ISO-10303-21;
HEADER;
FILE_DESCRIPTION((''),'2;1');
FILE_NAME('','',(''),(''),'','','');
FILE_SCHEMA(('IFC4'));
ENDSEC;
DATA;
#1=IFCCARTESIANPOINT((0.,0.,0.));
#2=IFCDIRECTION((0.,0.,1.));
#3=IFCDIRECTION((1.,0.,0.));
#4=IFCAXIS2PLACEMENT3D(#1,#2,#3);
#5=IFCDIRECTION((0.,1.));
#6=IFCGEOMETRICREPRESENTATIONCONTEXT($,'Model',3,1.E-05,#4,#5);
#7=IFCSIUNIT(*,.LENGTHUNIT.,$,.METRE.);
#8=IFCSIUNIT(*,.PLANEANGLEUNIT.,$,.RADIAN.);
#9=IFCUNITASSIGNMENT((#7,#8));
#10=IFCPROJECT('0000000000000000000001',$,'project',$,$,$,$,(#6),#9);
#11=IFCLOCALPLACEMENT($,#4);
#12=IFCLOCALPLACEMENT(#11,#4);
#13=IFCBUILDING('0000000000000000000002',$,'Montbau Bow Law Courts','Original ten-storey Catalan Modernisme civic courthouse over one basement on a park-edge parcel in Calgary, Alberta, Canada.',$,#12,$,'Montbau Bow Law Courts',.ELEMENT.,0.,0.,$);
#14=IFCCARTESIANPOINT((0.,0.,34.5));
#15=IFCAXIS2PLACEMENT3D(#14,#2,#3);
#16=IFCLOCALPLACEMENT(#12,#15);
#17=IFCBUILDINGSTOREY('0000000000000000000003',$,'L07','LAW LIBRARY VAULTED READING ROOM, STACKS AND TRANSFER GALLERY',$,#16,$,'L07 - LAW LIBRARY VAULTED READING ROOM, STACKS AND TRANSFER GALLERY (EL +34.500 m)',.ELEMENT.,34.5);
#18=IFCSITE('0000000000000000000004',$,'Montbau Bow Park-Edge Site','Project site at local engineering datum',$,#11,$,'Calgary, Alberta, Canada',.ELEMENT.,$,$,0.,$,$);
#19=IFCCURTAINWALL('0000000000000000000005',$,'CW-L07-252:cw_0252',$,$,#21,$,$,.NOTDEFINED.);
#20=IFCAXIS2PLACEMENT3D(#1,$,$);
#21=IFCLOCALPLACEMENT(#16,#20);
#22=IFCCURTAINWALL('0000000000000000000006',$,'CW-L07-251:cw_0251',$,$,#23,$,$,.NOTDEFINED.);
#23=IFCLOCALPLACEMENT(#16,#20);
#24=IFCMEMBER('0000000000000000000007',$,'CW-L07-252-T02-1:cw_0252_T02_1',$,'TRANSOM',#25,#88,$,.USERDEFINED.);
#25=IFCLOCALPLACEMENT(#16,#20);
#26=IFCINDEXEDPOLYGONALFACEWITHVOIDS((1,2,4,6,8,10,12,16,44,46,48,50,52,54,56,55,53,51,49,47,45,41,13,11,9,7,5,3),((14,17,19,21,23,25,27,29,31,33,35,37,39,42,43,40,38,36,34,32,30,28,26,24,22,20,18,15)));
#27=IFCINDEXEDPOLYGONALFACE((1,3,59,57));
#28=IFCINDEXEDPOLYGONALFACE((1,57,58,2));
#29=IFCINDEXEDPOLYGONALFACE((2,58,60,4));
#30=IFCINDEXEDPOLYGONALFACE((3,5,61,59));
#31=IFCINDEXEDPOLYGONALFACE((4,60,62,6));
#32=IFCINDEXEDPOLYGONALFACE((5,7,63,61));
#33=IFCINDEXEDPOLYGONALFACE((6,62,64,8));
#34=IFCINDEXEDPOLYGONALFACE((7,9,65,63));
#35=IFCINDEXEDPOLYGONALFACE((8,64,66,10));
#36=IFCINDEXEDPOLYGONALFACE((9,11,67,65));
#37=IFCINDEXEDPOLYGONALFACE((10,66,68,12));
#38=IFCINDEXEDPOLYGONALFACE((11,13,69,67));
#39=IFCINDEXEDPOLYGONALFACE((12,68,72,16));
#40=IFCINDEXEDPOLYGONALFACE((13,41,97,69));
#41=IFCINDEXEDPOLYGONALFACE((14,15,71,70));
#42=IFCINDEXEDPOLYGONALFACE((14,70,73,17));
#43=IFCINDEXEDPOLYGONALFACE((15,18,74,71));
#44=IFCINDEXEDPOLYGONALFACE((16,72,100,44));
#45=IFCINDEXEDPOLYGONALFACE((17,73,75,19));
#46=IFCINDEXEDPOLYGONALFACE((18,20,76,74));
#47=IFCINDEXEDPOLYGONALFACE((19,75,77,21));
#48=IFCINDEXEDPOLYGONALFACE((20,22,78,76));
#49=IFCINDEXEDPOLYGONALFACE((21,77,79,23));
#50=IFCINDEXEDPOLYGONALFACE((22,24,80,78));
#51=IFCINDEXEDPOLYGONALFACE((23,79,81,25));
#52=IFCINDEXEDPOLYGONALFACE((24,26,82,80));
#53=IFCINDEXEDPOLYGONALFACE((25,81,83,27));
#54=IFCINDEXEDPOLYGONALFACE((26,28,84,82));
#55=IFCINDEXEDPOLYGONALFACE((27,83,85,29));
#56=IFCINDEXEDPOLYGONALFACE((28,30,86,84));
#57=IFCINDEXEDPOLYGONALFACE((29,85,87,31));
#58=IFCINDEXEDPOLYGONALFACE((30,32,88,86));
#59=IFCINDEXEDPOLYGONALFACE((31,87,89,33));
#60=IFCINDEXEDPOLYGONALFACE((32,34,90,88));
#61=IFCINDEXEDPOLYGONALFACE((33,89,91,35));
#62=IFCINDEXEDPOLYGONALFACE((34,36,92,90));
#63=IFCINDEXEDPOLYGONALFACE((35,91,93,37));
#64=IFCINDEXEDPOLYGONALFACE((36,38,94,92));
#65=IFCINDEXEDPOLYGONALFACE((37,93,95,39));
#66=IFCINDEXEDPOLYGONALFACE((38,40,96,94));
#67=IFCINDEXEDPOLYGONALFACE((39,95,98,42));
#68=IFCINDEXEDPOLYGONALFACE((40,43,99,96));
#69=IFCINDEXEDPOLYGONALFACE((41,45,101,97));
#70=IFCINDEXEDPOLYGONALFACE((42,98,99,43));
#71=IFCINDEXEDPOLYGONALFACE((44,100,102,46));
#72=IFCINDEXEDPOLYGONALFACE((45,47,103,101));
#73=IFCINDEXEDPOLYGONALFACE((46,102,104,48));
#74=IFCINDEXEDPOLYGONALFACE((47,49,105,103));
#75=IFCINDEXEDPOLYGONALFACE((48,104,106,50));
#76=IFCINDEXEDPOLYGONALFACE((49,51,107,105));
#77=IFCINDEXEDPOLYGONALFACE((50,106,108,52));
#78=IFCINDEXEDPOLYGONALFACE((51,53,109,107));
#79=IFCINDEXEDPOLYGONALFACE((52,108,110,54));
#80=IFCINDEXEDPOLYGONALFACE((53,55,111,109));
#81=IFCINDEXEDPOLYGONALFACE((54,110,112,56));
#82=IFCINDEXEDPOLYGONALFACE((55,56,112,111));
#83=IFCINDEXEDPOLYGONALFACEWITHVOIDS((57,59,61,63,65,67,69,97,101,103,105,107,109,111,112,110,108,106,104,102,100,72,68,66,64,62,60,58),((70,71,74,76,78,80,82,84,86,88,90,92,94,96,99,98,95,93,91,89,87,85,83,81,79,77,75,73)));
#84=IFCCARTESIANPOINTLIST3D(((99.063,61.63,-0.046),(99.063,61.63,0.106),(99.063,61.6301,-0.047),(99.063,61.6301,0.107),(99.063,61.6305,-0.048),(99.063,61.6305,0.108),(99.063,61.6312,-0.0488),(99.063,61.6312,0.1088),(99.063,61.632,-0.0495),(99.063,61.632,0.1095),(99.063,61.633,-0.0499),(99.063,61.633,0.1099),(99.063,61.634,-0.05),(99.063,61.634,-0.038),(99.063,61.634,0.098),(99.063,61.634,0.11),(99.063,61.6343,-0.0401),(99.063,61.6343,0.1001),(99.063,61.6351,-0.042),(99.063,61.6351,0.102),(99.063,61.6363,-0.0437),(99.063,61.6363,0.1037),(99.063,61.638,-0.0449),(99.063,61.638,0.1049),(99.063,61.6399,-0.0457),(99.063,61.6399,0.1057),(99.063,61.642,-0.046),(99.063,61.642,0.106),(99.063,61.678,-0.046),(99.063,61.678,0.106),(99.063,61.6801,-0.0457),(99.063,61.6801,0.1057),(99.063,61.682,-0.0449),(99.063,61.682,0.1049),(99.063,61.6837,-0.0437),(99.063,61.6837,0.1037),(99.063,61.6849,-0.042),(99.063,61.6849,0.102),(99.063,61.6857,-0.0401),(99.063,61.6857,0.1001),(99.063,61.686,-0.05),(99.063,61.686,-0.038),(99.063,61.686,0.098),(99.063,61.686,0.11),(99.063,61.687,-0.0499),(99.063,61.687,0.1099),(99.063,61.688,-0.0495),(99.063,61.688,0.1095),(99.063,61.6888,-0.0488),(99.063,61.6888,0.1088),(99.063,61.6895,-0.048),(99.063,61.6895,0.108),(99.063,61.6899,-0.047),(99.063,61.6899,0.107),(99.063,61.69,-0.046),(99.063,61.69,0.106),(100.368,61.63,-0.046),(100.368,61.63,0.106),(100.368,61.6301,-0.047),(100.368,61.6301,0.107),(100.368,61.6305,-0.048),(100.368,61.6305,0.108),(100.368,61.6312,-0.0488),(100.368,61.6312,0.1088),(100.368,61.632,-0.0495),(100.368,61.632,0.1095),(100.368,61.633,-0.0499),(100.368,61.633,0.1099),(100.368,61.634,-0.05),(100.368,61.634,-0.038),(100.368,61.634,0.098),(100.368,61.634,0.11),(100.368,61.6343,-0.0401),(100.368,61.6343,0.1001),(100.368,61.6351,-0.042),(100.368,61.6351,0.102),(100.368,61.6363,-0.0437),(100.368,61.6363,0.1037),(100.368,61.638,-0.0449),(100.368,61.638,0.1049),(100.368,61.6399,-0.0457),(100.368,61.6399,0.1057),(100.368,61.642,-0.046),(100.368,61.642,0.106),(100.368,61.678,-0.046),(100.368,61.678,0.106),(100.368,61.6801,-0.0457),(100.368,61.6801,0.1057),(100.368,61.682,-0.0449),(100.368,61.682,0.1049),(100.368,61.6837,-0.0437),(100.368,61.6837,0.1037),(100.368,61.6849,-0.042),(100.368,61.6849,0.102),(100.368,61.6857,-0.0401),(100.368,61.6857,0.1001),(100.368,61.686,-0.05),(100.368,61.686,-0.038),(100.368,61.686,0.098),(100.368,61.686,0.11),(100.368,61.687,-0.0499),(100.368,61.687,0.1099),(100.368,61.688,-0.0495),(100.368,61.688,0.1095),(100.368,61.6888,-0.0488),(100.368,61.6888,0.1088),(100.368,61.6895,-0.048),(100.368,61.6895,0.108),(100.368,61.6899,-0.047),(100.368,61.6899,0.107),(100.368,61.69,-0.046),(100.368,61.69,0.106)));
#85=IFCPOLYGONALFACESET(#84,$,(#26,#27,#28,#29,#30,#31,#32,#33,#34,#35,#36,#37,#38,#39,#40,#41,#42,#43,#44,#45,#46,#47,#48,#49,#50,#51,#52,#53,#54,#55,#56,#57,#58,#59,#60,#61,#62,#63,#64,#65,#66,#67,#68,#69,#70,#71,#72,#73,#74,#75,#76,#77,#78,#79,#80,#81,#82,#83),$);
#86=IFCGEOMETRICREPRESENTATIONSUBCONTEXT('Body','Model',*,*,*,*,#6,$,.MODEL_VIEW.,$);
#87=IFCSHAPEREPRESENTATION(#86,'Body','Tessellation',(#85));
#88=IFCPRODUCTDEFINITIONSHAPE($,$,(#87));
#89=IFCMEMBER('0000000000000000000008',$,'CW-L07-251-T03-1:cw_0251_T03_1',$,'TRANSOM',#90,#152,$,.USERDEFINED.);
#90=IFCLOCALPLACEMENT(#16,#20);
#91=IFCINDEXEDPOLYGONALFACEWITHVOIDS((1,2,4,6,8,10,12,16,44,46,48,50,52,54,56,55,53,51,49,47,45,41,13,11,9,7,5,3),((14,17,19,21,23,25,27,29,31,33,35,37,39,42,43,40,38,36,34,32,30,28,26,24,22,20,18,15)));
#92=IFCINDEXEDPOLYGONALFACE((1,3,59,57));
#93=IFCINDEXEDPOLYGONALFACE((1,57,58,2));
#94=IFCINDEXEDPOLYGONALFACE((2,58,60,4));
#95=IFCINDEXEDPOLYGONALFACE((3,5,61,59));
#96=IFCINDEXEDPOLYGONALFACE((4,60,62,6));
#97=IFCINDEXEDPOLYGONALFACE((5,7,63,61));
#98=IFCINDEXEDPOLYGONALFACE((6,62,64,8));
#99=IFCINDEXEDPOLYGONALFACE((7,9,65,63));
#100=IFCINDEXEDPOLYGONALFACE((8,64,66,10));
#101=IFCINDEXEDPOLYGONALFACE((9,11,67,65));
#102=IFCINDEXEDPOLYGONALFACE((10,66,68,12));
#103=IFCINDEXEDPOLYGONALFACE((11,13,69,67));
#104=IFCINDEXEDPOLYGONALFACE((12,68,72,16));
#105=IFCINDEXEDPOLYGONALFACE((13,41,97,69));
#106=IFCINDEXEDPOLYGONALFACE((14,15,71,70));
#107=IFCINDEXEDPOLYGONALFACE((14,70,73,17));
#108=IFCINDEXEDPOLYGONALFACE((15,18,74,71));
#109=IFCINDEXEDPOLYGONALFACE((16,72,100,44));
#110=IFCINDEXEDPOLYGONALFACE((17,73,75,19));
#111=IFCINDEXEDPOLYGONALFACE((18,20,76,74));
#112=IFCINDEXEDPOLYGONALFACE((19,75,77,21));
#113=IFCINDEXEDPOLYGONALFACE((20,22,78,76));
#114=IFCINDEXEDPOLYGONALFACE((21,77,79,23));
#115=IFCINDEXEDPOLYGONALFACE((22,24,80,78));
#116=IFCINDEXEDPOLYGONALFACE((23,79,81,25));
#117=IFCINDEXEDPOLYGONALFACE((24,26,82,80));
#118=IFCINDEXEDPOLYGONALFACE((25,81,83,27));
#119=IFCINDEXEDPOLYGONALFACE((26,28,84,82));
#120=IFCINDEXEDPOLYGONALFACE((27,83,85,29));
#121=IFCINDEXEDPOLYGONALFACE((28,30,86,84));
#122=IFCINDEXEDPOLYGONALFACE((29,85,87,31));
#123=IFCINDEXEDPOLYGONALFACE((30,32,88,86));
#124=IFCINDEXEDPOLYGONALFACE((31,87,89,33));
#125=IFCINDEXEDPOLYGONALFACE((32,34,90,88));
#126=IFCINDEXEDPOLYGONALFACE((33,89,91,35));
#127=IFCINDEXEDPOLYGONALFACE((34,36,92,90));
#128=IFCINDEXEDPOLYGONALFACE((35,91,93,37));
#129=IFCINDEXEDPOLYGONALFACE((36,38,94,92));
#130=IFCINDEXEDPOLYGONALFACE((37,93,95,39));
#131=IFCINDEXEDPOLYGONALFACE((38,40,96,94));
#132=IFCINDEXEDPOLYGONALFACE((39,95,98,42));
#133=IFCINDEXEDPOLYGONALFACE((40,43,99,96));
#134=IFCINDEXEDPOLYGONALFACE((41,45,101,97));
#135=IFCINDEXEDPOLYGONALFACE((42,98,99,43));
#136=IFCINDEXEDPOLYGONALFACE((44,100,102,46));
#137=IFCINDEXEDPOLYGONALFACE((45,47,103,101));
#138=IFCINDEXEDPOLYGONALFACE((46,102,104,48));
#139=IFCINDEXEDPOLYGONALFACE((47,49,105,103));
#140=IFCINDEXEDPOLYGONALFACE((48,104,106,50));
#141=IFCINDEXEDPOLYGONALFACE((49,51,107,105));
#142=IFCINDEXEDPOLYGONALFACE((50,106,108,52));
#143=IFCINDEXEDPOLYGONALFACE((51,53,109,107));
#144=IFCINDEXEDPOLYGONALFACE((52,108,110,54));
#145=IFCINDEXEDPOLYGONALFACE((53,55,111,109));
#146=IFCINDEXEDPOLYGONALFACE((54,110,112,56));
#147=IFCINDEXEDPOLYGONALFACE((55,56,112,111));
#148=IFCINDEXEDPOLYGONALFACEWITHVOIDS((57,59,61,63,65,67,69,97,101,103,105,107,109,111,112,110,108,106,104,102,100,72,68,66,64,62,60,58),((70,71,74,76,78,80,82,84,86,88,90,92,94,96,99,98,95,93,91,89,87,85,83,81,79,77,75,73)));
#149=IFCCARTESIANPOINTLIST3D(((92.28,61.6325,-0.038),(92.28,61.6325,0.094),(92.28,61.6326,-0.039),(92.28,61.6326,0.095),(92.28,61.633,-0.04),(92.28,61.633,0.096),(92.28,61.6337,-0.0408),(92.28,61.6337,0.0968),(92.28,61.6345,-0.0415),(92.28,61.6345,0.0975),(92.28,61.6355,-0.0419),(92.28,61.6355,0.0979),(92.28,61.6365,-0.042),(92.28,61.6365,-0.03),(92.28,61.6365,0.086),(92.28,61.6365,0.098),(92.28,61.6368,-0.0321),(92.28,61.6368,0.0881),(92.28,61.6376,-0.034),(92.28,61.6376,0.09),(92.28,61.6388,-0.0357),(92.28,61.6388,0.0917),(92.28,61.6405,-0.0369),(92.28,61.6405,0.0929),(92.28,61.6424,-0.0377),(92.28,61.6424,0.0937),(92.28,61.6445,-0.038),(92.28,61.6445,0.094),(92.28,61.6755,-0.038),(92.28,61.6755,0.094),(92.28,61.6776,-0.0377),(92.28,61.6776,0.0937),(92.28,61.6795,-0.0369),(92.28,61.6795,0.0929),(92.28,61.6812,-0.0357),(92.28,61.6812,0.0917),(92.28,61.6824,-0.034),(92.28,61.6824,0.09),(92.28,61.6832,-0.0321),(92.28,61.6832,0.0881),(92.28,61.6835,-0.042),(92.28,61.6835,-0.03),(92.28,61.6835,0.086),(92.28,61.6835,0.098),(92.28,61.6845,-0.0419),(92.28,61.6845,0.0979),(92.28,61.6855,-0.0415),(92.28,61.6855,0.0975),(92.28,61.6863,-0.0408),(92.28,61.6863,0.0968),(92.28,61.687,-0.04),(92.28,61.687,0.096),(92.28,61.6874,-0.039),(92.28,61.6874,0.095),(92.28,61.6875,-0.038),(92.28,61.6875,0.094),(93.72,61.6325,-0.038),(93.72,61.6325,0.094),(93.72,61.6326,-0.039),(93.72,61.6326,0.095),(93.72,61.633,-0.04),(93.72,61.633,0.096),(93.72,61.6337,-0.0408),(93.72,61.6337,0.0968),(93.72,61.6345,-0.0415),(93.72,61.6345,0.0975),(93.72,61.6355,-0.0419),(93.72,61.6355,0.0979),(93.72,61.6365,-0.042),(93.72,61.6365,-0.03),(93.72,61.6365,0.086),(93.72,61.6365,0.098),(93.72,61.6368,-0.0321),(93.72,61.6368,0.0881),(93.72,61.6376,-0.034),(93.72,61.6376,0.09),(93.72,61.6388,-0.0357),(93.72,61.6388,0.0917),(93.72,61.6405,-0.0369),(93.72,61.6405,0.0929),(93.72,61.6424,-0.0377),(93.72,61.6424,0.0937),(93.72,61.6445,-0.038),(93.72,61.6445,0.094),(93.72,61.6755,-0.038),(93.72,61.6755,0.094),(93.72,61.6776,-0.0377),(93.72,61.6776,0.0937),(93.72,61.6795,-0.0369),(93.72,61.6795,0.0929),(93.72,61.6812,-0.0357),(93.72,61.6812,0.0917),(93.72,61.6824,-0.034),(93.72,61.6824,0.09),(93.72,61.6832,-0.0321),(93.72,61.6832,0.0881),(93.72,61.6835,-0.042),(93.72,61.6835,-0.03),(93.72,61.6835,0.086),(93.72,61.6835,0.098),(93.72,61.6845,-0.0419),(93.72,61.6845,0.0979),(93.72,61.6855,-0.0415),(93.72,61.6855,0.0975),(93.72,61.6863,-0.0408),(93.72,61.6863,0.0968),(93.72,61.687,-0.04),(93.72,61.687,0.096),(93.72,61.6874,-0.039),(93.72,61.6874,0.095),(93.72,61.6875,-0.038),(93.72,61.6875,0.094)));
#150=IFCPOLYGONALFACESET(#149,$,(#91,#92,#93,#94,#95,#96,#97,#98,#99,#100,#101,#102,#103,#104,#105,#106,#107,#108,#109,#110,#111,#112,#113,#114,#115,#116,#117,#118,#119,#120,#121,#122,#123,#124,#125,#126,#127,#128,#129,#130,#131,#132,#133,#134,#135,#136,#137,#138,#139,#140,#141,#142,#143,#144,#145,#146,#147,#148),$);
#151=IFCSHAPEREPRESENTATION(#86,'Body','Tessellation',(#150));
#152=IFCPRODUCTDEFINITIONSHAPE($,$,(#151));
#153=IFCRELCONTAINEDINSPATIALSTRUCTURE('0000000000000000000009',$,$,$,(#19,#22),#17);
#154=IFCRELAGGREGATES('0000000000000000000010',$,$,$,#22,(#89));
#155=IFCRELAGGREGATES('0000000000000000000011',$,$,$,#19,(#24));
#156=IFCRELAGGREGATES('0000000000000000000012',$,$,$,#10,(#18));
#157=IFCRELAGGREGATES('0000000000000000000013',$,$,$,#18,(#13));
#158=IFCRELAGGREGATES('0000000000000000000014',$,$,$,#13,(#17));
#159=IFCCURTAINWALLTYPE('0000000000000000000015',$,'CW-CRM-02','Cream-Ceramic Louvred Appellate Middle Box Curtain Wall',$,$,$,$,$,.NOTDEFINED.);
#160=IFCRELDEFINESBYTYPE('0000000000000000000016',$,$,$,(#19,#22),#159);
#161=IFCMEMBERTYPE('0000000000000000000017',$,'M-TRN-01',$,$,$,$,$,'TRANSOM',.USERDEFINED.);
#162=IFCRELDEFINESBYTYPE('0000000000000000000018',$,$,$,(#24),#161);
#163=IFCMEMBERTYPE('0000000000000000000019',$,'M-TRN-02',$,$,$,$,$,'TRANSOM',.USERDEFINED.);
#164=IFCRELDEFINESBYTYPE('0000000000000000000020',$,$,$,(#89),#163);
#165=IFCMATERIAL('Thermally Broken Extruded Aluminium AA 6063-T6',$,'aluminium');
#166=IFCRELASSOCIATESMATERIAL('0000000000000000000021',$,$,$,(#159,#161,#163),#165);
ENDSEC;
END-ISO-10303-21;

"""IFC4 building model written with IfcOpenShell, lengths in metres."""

from ifc_helpers import new_model, si_unit, direction, frame, origin_with_axes, origin_2d_with_axis, place, context, subcontext, project, spatial, hollow_rectangle, extrude, material, material_profile, profile_set, type_object, element, aggregate, save


model = new_model("IFC4")

# Units and contexts
model_context = context("Model", 3, precision=1e-05, world=origin_with_axes(), true_north=direction((0.0, 1.0)))
body_context = subcontext(model_context, "Body", "Model", "MODEL_VIEW")
ifc_project = project(units=[si_unit("LENGTHUNIT", "METRE"), si_unit("PLANEANGLEUNIT", "RADIAN")], contexts=[model_context])

# Site, building, storey
site_placement = place(None, origin_with_axes())
site = spatial("IfcSite", under=ifc_project, at=site_placement, Name="Montbau Bow Park-Edge Site", Description="Project site at local engineering datum", LongName="Calgary, Alberta, Canada", CompositionType="ELEMENT", RefElevation=0.0)
building_placement = place(site_placement, origin_with_axes())
building = spatial("IfcBuilding", under=site, at=building_placement, Name="Montbau Bow Law Courts", Description="Original ten-storey Catalan Modernisme civic courthouse over one basement on a park-edge parcel in Calgary, Alberta, Canada.", LongName="Montbau Bow Law Courts", CompositionType="ELEMENT", ElevationOfRefHeight=0.0, ElevationOfTerrain=0.0)
storey_placement = place(building_placement, frame((0.0, 0.0, 34.5), z_axis=(0.0, 0.0, 1.0), x_axis=(1.0, 0.0, 0.0)))
storey = spatial("IfcBuildingStorey", under=building, at=storey_placement, Name="L07", Description="LAW LIBRARY VAULTED READING ROOM, STACKS AND TRANSFER GALLERY", LongName="L07 - LAW LIBRARY VAULTED READING ROOM, STACKS AND TRANSFER GALLERY (EL +34.500 m)", CompositionType="ELEMENT", Elevation=34.5)

# Curtain walls
ifc_material_1 = material(Name="Thermally Broken Extruded Aluminium AA 6063-T6", Category="aluminium")
curtain_wall_type = type_object("IfcCurtainWallType", Name="CW-CRM-02", Description="Cream-Ceramic Louvred Appellate Middle Box Curtain Wall", PredefinedType="NOTDEFINED", material=ifc_material_1)
curtain_wall_1_placement = place(None, frame((97.64, 61.66, 34.5), z_axis=(0.0, 0.0, 1.0), x_axis=(1.0, 0.0, 0.0)))
curtain_wall_1 = element("IfcCurtainWall", 1, at=curtain_wall_1_placement, inside=storey, type_object=curtain_wall_type, Name="CW-L07-252:cw_0252", PredefinedType="NOTDEFINED")
curtain_wall_2_placement = place(None, frame((89.24, 61.66, 34.5), z_axis=(0.0, 0.0, 1.0), x_axis=(1.0, 0.0, 0.0)))
curtain_wall_2 = element("IfcCurtainWall", 2, at=curtain_wall_2_placement, inside=storey, type_object=curtain_wall_type, Name="CW-L07-251:cw_0251", PredefinedType="NOTDEFINED")

# Members
ifc_material_profile_1 = material_profile(ifc_material_1, hollow_rectangle(XDim=0.06, YDim=0.16, WallThickness=0.004, InnerFilletRadius=0.008, OuterFilletRadius=0.004, at=origin_2d_with_axis()), Name="CWT-160X60", Category="Main", Priority=0)
ifc_profile_set_1 = profile_set([ifc_material_profile_1], Name="Thermally Broken Extruded Aluminium AA 6063-T6")
member_type_1 = type_object("IfcMemberType", Name="M-TRN-01", ElementType="TRANSOM", PredefinedType="USERDEFINED", material=ifc_profile_set_1)
member_1_placement = place(None, frame((99.063, 61.66, 34.53), z_axis=(1.0, 0.0, 0.0), x_axis=(0.0, 1.0, 0.0)))
member_1 = element("IfcMember", 3, at=member_1_placement, type_object=member_type_1, Name="CW-L07-252-T02-1:cw_0252_T02_1", ObjectType="TRANSOM", PredefinedType="USERDEFINED", context=body_context, shape_type="SweptSolid", body=[
    extrude(hollow_rectangle(XDim=0.06, YDim=0.16, WallThickness=0.004, InnerFilletRadius=0.008, OuterFilletRadius=0.004, at=origin_2d_with_axis()), origin_with_axes(), (0.0, 0.0, 1.0), 1.305),
])
ifc_material_profile_2 = material_profile(ifc_material_1, hollow_rectangle(XDim=0.055, YDim=0.14, WallThickness=0.004, InnerFilletRadius=0.008, OuterFilletRadius=0.004, at=origin_2d_with_axis()), Name="CWT-140X55", Category="Main", Priority=0)
ifc_profile_set_2 = profile_set([ifc_material_profile_2], Name="Thermally Broken Extruded Aluminium AA 6063-T6")
member_type_2 = type_object("IfcMemberType", Name="M-TRN-02", ElementType="TRANSOM", PredefinedType="USERDEFINED", material=ifc_profile_set_2)
member_2_placement = place(None, frame((92.28, 61.66, 34.528), z_axis=(1.0, 0.0, 0.0), x_axis=(0.0, 1.0, 0.0)))
member_2 = element("IfcMember", 4, at=member_2_placement, type_object=member_type_2, Name="CW-L07-251-T03-1:cw_0251_T03_1", ObjectType="TRANSOM", PredefinedType="USERDEFINED", context=body_context, shape_type="SweptSolid", body=[
    extrude(hollow_rectangle(XDim=0.055, YDim=0.14, WallThickness=0.004, InnerFilletRadius=0.008, OuterFilletRadius=0.004, at=origin_2d_with_axis()), origin_with_axes(), (0.0, 0.0, 1.0), 1.44),
])

aggregate(curtain_wall_2, [member_2])
aggregate(curtain_wall_1, [member_1])

save(model, "model.ifc")
